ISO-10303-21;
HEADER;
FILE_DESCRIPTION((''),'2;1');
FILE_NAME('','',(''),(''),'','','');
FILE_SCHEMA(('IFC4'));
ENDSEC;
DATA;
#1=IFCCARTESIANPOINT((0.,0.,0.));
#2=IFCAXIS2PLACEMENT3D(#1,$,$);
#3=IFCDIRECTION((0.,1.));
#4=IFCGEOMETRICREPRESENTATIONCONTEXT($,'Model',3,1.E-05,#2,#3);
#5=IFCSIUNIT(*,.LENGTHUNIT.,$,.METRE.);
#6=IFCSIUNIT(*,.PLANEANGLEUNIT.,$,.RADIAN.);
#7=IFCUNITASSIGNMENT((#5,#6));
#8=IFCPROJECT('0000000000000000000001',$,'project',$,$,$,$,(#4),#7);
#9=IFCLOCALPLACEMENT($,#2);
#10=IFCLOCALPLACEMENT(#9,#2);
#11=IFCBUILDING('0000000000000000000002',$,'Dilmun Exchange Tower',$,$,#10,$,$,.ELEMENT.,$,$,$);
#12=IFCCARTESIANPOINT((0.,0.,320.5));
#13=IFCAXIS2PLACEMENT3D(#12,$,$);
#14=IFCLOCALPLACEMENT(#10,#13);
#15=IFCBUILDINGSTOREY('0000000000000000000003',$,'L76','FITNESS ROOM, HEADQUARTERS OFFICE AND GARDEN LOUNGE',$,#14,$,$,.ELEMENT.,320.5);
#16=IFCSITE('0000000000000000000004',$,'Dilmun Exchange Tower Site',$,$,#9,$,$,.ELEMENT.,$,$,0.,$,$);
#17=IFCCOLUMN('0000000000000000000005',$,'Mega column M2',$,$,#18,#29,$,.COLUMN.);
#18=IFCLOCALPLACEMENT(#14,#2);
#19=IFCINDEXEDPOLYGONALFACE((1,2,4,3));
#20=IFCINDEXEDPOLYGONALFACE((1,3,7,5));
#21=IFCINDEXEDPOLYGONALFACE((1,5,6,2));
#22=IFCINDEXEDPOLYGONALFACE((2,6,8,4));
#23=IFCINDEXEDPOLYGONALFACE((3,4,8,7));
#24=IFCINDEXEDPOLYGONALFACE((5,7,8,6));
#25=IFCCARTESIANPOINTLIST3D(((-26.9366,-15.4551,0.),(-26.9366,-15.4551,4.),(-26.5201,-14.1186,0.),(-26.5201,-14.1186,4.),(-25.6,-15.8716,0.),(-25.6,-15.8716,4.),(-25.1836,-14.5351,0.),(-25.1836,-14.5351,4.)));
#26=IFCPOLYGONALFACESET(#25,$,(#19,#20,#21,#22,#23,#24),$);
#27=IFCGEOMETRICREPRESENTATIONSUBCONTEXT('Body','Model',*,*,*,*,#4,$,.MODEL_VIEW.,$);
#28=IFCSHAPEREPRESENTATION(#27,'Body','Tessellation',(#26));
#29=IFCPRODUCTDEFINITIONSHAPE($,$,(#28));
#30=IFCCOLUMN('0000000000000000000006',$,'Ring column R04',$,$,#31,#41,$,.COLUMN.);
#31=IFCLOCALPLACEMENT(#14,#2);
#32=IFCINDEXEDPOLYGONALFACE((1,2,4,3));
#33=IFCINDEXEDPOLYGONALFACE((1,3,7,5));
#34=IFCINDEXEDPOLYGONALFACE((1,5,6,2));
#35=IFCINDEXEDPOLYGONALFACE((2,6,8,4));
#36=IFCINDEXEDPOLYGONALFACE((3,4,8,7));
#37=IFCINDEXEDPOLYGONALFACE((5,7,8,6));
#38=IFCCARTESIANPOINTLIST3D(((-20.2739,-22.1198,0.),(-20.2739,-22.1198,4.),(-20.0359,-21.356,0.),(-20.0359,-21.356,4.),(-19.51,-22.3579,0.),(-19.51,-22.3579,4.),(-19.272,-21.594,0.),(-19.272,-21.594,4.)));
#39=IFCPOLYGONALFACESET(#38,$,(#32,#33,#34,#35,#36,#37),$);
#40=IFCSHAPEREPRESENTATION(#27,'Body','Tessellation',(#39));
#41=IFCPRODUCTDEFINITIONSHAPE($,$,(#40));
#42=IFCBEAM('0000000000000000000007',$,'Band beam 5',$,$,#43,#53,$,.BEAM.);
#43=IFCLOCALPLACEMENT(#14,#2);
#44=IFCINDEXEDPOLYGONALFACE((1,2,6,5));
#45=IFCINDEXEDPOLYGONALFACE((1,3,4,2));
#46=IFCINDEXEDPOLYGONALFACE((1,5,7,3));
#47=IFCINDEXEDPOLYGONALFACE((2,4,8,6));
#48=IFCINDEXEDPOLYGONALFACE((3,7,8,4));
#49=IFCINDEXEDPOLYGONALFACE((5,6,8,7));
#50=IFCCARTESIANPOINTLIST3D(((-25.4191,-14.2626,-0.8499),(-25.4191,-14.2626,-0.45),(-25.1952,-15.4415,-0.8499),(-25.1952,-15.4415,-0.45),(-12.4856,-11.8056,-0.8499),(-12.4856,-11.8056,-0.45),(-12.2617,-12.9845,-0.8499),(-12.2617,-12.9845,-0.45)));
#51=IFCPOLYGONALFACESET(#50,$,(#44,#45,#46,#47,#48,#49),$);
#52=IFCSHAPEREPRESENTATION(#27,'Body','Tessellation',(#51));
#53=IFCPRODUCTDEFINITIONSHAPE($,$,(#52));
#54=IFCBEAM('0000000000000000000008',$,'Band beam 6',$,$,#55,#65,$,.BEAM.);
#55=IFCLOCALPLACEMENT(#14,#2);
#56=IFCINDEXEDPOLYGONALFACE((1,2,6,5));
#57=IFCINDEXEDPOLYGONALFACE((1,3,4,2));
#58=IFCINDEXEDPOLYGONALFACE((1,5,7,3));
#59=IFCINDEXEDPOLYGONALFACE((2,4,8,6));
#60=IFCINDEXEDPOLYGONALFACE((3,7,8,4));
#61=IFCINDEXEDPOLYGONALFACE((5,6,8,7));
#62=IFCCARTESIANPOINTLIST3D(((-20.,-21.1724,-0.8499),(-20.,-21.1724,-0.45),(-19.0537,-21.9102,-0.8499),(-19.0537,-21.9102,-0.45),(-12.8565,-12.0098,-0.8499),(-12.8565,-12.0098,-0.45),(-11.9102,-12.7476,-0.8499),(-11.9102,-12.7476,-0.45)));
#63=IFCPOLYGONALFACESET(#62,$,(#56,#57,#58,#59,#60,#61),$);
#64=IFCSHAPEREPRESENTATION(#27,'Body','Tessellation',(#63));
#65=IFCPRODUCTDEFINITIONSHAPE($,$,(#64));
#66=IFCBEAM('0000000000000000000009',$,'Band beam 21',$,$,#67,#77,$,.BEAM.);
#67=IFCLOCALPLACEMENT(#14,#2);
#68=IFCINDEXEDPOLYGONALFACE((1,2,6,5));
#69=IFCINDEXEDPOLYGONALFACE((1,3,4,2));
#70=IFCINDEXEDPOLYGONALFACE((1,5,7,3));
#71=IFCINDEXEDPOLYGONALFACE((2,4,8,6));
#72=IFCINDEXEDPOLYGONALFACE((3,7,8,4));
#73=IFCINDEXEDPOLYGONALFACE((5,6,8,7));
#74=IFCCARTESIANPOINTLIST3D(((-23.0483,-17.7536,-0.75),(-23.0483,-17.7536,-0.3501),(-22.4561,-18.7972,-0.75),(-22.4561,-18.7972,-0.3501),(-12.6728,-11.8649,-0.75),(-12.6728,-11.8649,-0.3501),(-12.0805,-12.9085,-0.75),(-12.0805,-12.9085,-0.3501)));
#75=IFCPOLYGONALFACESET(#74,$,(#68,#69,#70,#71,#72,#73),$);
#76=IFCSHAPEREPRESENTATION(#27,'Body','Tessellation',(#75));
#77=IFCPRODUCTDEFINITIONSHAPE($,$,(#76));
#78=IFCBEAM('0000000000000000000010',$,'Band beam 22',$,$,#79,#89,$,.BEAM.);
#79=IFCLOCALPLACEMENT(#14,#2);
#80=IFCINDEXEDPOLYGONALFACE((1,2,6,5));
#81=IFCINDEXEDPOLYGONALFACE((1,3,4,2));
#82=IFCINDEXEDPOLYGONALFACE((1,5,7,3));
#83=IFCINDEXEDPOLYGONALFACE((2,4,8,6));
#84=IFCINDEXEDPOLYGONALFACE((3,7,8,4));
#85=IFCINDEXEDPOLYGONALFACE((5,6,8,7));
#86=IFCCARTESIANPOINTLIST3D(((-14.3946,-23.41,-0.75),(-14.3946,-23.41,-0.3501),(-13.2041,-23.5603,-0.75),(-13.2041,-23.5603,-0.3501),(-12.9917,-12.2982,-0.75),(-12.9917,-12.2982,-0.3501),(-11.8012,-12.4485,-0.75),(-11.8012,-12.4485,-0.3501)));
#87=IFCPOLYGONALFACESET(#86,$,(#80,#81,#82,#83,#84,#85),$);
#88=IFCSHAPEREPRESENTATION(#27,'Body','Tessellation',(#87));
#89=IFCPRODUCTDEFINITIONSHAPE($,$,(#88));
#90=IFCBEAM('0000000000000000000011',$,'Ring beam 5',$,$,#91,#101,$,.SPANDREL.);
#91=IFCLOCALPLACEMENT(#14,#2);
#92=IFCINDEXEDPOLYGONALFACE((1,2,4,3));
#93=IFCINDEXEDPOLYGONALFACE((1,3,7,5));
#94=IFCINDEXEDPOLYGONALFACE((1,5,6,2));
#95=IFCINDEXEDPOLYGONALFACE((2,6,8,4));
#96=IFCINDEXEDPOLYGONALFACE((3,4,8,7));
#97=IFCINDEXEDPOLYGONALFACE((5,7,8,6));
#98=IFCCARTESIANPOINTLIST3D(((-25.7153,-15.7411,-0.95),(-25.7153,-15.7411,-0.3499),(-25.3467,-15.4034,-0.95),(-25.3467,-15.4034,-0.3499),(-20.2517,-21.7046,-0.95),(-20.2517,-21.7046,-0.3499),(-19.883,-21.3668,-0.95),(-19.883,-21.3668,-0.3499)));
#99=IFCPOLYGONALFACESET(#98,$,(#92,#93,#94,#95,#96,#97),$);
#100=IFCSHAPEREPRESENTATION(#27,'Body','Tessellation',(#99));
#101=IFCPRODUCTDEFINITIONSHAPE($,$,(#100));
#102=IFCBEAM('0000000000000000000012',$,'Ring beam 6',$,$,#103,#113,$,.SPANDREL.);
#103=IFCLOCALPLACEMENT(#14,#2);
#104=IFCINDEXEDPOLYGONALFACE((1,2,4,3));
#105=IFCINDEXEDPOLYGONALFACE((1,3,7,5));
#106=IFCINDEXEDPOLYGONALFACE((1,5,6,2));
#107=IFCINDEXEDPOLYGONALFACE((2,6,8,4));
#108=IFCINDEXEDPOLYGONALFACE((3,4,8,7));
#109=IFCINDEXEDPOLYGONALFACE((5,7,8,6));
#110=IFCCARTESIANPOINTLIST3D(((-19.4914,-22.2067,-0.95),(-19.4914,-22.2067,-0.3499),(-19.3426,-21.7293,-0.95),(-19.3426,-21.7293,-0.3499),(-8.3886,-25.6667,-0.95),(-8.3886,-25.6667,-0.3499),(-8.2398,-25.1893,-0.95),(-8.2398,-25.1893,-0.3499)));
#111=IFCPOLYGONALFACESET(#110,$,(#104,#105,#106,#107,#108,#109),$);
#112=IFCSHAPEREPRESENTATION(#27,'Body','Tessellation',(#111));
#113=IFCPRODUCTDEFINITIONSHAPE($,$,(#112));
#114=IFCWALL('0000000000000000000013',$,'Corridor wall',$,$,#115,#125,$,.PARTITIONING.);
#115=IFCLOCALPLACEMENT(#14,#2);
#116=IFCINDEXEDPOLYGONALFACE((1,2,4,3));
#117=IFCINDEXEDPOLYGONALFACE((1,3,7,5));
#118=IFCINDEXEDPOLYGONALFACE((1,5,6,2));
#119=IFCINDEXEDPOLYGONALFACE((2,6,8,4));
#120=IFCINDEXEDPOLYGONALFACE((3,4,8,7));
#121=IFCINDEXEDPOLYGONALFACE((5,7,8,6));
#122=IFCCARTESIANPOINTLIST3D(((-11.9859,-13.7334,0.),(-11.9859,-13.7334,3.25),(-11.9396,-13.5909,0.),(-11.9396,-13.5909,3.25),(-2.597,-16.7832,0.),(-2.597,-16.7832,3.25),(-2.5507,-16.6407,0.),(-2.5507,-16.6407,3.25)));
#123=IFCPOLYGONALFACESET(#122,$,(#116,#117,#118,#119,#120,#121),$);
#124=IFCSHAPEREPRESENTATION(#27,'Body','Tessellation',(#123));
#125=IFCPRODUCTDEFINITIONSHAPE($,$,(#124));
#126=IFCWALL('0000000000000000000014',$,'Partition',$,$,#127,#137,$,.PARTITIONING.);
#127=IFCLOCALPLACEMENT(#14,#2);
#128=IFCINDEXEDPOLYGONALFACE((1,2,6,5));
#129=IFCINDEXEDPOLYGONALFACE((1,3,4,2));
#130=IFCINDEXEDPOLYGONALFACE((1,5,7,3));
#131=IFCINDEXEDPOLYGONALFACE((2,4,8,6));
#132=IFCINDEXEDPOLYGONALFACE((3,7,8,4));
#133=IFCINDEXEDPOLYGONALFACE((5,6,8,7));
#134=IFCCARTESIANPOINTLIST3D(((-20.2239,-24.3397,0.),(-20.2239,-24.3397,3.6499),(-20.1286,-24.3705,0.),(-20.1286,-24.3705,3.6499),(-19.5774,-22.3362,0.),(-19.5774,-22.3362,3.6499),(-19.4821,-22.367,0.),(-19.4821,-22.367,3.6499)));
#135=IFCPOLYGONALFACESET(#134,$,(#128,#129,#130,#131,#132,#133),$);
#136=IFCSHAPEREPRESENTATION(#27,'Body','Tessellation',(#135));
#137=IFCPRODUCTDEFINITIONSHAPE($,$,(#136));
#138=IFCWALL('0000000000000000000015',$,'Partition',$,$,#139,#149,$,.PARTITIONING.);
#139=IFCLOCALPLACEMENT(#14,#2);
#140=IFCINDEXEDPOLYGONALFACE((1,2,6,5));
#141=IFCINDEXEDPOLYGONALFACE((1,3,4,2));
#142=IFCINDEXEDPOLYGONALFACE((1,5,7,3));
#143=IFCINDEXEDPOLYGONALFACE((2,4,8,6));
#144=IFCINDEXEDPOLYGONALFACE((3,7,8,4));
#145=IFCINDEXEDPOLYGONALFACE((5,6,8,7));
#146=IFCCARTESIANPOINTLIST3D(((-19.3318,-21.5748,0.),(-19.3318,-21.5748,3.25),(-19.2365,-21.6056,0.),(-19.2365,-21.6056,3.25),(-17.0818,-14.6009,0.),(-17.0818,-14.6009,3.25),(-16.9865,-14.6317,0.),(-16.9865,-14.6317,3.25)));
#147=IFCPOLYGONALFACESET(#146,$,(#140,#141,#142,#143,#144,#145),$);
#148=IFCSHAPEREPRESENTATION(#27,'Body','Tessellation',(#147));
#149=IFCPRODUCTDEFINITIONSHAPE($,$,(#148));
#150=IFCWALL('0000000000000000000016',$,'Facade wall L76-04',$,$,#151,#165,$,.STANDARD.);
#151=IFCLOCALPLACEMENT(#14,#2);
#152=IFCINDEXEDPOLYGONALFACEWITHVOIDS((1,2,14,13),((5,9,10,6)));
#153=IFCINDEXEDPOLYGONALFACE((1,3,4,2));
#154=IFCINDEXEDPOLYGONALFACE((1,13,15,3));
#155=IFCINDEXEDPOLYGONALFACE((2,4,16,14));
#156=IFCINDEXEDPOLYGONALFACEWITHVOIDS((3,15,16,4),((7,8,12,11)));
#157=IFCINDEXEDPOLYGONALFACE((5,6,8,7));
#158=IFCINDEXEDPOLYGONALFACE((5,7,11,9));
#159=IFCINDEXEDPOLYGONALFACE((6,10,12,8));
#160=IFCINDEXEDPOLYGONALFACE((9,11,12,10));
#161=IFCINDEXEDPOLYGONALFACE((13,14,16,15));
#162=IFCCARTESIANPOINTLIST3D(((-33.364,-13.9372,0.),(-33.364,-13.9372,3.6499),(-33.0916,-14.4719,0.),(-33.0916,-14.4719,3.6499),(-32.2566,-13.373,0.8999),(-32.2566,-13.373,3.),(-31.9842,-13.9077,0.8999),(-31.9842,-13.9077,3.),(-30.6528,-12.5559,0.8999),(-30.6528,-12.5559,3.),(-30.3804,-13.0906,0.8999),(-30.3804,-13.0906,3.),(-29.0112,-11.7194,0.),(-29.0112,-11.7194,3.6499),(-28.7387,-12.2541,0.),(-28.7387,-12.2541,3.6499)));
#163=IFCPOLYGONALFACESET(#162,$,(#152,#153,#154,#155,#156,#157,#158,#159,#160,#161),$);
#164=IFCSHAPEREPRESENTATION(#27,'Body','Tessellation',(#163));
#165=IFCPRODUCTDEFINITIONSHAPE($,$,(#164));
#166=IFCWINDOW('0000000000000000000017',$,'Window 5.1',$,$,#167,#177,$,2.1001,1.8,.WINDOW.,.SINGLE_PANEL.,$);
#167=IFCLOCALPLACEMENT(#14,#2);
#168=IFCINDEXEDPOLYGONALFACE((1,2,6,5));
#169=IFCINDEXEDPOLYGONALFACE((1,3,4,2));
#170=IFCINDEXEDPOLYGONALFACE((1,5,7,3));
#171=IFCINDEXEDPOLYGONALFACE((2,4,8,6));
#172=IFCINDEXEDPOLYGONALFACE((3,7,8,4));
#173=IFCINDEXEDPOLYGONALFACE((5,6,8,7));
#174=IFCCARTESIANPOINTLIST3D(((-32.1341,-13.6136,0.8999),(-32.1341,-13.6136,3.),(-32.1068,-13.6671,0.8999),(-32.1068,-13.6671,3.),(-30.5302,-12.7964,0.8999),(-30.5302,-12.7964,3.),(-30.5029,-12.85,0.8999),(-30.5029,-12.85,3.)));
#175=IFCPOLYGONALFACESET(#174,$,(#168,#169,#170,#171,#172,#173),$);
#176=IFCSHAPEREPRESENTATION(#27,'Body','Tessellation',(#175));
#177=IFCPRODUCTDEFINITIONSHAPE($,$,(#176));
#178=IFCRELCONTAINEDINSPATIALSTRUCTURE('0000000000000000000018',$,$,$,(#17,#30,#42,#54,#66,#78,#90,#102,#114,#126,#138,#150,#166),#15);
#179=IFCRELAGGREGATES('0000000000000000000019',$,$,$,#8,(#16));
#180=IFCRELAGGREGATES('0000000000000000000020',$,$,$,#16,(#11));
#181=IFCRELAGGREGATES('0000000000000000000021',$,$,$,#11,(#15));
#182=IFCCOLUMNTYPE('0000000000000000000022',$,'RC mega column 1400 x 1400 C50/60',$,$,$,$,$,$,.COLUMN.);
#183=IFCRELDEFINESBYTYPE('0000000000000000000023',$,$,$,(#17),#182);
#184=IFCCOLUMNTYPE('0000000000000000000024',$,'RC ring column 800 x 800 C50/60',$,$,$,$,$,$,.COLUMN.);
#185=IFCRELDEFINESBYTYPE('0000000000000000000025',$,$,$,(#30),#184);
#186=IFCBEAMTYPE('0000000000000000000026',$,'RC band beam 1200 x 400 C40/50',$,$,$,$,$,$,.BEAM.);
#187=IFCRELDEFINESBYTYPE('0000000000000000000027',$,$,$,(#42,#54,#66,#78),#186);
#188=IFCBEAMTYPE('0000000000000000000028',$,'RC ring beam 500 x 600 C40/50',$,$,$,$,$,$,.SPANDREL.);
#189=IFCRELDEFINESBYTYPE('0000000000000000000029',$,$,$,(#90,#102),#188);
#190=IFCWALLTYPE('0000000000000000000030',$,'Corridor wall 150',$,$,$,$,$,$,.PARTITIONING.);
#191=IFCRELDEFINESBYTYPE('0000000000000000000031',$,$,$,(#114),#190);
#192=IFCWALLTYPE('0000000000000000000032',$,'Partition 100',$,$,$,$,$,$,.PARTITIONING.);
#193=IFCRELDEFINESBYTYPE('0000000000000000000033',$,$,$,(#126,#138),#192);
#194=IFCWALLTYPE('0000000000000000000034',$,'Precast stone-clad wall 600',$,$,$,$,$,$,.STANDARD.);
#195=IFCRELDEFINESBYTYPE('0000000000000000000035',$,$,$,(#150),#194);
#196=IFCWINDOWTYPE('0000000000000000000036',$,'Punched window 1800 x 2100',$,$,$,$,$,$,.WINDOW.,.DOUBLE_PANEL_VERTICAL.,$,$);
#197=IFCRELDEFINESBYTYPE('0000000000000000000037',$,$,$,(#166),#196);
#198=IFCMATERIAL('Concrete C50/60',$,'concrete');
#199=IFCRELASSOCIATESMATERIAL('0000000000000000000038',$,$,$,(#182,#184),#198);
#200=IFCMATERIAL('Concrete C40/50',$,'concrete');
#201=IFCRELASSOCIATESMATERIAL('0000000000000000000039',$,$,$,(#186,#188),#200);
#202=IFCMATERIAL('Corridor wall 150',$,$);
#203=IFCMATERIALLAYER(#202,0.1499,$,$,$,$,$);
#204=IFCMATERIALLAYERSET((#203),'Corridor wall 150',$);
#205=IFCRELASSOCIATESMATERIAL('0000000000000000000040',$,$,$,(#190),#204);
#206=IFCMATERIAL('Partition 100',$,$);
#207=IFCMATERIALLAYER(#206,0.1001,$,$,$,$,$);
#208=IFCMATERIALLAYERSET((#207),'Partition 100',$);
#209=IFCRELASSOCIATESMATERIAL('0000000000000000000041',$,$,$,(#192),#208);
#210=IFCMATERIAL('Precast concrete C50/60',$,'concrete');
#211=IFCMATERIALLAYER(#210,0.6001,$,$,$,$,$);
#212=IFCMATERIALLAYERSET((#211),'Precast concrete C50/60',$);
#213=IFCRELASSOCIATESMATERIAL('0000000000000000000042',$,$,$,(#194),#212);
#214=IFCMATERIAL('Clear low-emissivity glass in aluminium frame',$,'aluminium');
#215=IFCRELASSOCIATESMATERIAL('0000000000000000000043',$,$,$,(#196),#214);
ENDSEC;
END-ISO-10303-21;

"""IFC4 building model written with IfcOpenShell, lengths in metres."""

from ifc_helpers import new_model, si_unit, direction, frame, frame_2d, origin, origin_2d, place, context, subcontext, project, spatial, rectangle, extrude, material, layer, layer_set, material_profile, profile_set, type_object, element, fill, save


model = new_model("IFC4")

# Units and contexts
model_context = context("Model", 3, precision=1e-05, world=origin(), true_north=direction((0.0, 1.0)))
body_context = subcontext(model_context, "Body", "Model", "MODEL_VIEW")
ifc_project = project(units=[si_unit("LENGTHUNIT", "METRE"), si_unit("PLANEANGLEUNIT", "RADIAN")], contexts=[model_context])

# Site, building, storey
site_placement = place(None, origin())
site = spatial("IfcSite", under=ifc_project, at=site_placement, Name="Dilmun Exchange Tower Site", CompositionType="ELEMENT", RefElevation=0.0)
building_placement = place(site_placement, origin())
building = spatial("IfcBuilding", under=site, at=building_placement, Name="Dilmun Exchange Tower", CompositionType="ELEMENT")
storey_placement = place(building_placement, frame((0.0, 0.0, 320.5)))
storey = spatial("IfcBuildingStorey", under=building, at=storey_placement, Name="L76", Description="FITNESS ROOM, HEADQUARTERS OFFICE AND GARDEN LOUNGE", CompositionType="ELEMENT", Elevation=320.5)

# Columns
ifc_material_1 = material(Name="Concrete C50/60", Category="concrete")
ifc_material_profile_1 = material_profile(ifc_material_1, rectangle(XDim=1.3999, YDim=1.3999, at=origin_2d()), Name="1400 x 1400")
ifc_profile_set_1 = profile_set([ifc_material_profile_1], Name="Concrete C50/60")
column_type_1 = type_object("IfcColumnType", Name="RC mega column 1400 x 1400 C50/60", PredefinedType="COLUMN", material=ifc_profile_set_1)
column_1_placement = place(storey_placement, frame((-26.0601, -14.9951, 0.0), z_axis=(0.0, 0.0, 1.0), x_axis=(0.297503, 0.954721, 0.0)))
element("IfcColumn", 1, at=column_1_placement, inside=storey, type_object=column_type_1, Name="Mega column M2", PredefinedType="COLUMN", context=body_context, shape_type="SweptSolid", body=[
    extrude(rectangle(XDim=1.3999, YDim=1.3999, at=origin_2d()), origin(), (0.0, 0.0, 1.0), 4.0),
])
ifc_material_profile_2 = material_profile(ifc_material_1, rectangle(XDim=0.8, YDim=0.8, at=origin_2d()), Name="800 x 800")
ifc_profile_set_2 = profile_set([ifc_material_profile_2], Name="Concrete C50/60")
column_type_2 = type_object("IfcColumnType", Name="RC ring column 800 x 800 C50/60", PredefinedType="COLUMN", material=ifc_profile_set_2)
column_2_placement = place(storey_placement, frame((-19.7729, -21.8569, 0.0), z_axis=(0.0, 0.0, 1.0), x_axis=(0.297503, 0.954721, 0.0)))
element("IfcColumn", 2, at=column_2_placement, inside=storey, type_object=column_type_2, Name="Ring column R04", PredefinedType="COLUMN", context=body_context, shape_type="SweptSolid", body=[
    extrude(rectangle(XDim=0.8, YDim=0.8, at=origin_2d()), origin(), (0.0, 0.0, 1.0), 4.0),
])

# Beams
ifc_material_2 = material(Name="Concrete C40/50", Category="concrete")
ifc_material_profile_3 = material_profile(ifc_material_2, rectangle(XDim=1.2, YDim=0.3999, at=origin_2d()), Name="1200 x 400")
ifc_profile_set_3 = profile_set([ifc_material_profile_3], Name="Concrete C40/50")
beam_type_1 = type_object("IfcBeamType", Name="RC band beam 1200 x 400 C40/50", PredefinedType="BEAM", material=ifc_profile_set_3)
beam_1_placement = place(storey_placement, frame((-25.3071, -14.8521, -0.6499), z_axis=(0.982429, 0.186635, 0.0), x_axis=(-0.186635, 0.982429, 0.0)))
element("IfcBeam", 3, at=beam_1_placement, inside=storey, type_object=beam_type_1, Name="Band beam 5", PredefinedType="BEAM", context=body_context, shape_type="SweptSolid", body=[
    extrude(rectangle(XDim=1.2, YDim=0.3999, at=origin_2d()), origin(), (0.0, 0.0, 1.0), 13.1648),
])
beam_2_placement = place(storey_placement, frame((-19.5269, -21.5413, -0.6499), z_axis=(0.614857, 0.788639, 0.0), x_axis=(-0.788639, 0.614857, 0.0)))
element("IfcBeam", 4, at=beam_2_placement, inside=storey, type_object=beam_type_1, Name="Band beam 6", PredefinedType="BEAM", context=body_context, shape_type="SweptSolid", body=[
    extrude(rectangle(XDim=1.2, YDim=0.3999, at=origin_2d()), origin(), (0.0, 0.0, 1.0), 11.6182),
])
beam_3_placement = place(storey_placement, frame((-22.7522, -18.2754, -0.55), z_axis=(0.86969, 0.493598, 0.0), x_axis=(-0.493598, 0.86969, 0.0)))
element("IfcBeam", 5, at=beam_3_placement, inside=storey, type_object=beam_type_1, Name="Band beam 21", PredefinedType="BEAM", context=body_context, shape_type="SweptSolid", body=[
    extrude(rectangle(XDim=1.2, YDim=0.3999, at=origin_2d()), origin(), (0.0, 0.0, 1.0), 11.9302),
])
beam_4_placement = place(storey_placement, frame((-13.7993, -23.4851, -0.55), z_axis=(0.125253, 0.992125, 0.0), x_axis=(-0.992125, 0.125253, 0.0)))
element("IfcBeam", 6, at=beam_4_placement, inside=storey, type_object=beam_type_1, Name="Band beam 22", PredefinedType="BEAM", context=body_context, shape_type="SweptSolid", body=[
    extrude(rectangle(XDim=1.2, YDim=0.3999, at=origin_2d()), origin(), (0.0, 0.0, 1.0), 11.2),
])
ifc_material_profile_4 = material_profile(ifc_material_2, rectangle(XDim=0.5, YDim=0.6001, at=origin_2d()), Name="500 x 600")
ifc_profile_set_4 = profile_set([ifc_material_profile_4], Name="Concrete C40/50")
beam_type_2 = type_object("IfcBeamType", Name="RC ring beam 500 x 600 C40/50", PredefinedType="SPANDREL", material=ifc_profile_set_4)
beam_5_placement = place(storey_placement, frame((-25.531, -15.5723, -0.6499), z_axis=(0.675536, -0.737327, 0.0), x_axis=(0.737327, 0.675536, 0.0)))
element("IfcBeam", 7, at=beam_5_placement, inside=storey, type_object=beam_type_2, Name="Ring beam 5", PredefinedType="SPANDREL", context=body_context, shape_type="SweptSolid", body=[
    extrude(rectangle(XDim=0.5, YDim=0.6001, at=origin_2d()), origin(), (0.0, 0.0, 1.0), 8.0879),
])
beam_6_placement = place(storey_placement, frame((-19.417, -21.968, -0.6499), z_axis=(0.954716, -0.297518, 0.0), x_axis=(0.297518, 0.954716, 0.0)))
element("IfcBeam", 8, at=beam_6_placement, inside=storey, type_object=beam_type_2, Name="Ring beam 6", PredefinedType="SPANDREL", context=body_context, shape_type="SweptSolid", body=[
    extrude(rectangle(XDim=0.5, YDim=0.6001, at=origin_2d()), origin(), (0.0, 0.0, 1.0), 11.6294),
])

# Walls
ifc_material_3 = material(Name="Corridor wall 150")
ifc_layer_1 = layer(ifc_material_3, 0.1499)
ifc_layer_set_1 = layer_set([ifc_layer_1], Name="Corridor wall 150")
wall_type_1 = type_object("IfcWallType", Name="Corridor wall 150", PredefinedType="PARTITIONING", material=ifc_layer_set_1)
wall_1_placement = place(storey_placement, frame((-11.9629, -13.6621, 0.0), z_axis=(0.0, 0.0, 1.0), x_axis=(0.951081, -0.30894, 0.0)))
element("IfcWall", 9, at=wall_1_placement, inside=storey, type_object=wall_type_1, Name="Corridor wall", PredefinedType="PARTITIONING", context=body_context, shape_type="SweptSolid", body=[
    extrude(rectangle(XDim=9.8718, YDim=0.1499, at=frame_2d((4.936, 0.0))), origin(), (0.0, 0.0, 1.0), 3.25),
])
ifc_material_4 = material(Name="Partition 100")
ifc_layer_2 = layer(ifc_material_4, 0.1001)
ifc_layer_set_2 = layer_set([ifc_layer_2], Name="Partition 100")
wall_type_2 = type_object("IfcWallType", Name="Partition 100", PredefinedType="PARTITIONING", material=ifc_layer_set_2)
wall_2_placement = place(storey_placement, frame((-20.1763, -24.3552, 0.0), z_axis=(0.0, 0.0, 1.0), x_axis=(0.307098, 0.951678, 0.0)))
element("IfcWall", 10, at=wall_2_placement, inside=storey, type_object=wall_type_2, Name="Partition", PredefinedType="PARTITIONING", context=body_context, shape_type="SweptSolid", body=[
    extrude(rectangle(XDim=2.1052, YDim=0.1001, at=frame_2d((1.0527, 0.0))), origin(), (0.0, 0.0, 1.0), 3.6499),
])
wall_3_placement = place(storey_placement, frame((-19.2842, -21.5903, 0.0), z_axis=(0.0, 0.0, 1.0), x_axis=(0.307048, 0.951694, 0.0)))
element("IfcWall", 11, at=wall_3_placement, inside=storey, type_object=wall_type_2, Name="Partition", PredefinedType="PARTITIONING", context=body_context, shape_type="SweptSolid", body=[
    extrude(rectangle(XDim=7.3279, YDim=0.1001, at=frame_2d((3.6641, 0.0))), origin(), (0.0, 0.0, 1.0), 3.25),
])

# Wall, opening, window
ifc_material_5 = material(Name="Precast concrete C50/60", Category="concrete")
ifc_layer_3 = layer(ifc_material_5, 0.6001)
ifc_layer_set_3 = layer_set([ifc_layer_3], Name="Precast concrete C50/60")
wall_type_3 = type_object("IfcWallType", Name="Precast stone-clad wall 600", PredefinedType="STANDARD", material=ifc_layer_set_3)
wall_4_placement = place(storey_placement, frame((-33.2278, -14.2046, 0.0), z_axis=(0.0, 0.0, 1.0), x_axis=(0.891013, 0.453977, 0.0)))
wall_4 = element("IfcWall", 12, at=wall_4_placement, inside=storey, type_object=wall_type_3, Name="Facade wall L76-04", PredefinedType="STANDARD", context=body_context, shape_type="SweptSolid", body=[
    extrude(rectangle(XDim=4.8853, YDim=0.6001, at=frame_2d((2.4426, 0.0))), origin(), (0.0, 0.0, 1.0), 3.6499),
])
opening_1_placement = place(wall_4_placement, frame((1.2429, 0.0, 0.8999)))
opening_1 = element("IfcOpeningElement", 13, at=opening_1_placement, cuts=wall_4, PredefinedType="OPENING", context=body_context, shape_type="SweptSolid", body=[
    extrude(rectangle(XDim=1.8, YDim=2.1001, at=frame_2d((0.8999, 1.05))), frame((0.0, 0.3101, 0.0), z_axis=(0.0, -1.0, 0.0), x_axis=(1.0, 0.0, 0.0)), (0.0, 0.0, 1.0), 0.6201),
])
ifc_material_6 = material(Name="Clear low-emissivity glass in aluminium frame", Category="aluminium")
window_type_1 = type_object("IfcWindowType", Name="Punched window 1800 x 2100", PartitioningType="DOUBLE_PANEL_VERTICAL", PredefinedType="WINDOW", material=ifc_material_6)
window_1_placement = place(opening_1_placement, origin())
window_1 = element("IfcWindow", 14, at=window_1_placement, inside=storey, type_object=window_type_1, Name="Window 5.1", OverallHeight=2.1001, OverallWidth=1.8, PartitioningType="SINGLE_PANEL", PredefinedType="WINDOW", context=body_context, shape_type="SweptSolid", body=[
    extrude(rectangle(XDim=1.8, YDim=2.1001, at=frame_2d((0.8999, 1.05))), frame((0.0, 0.03, 0.0), z_axis=(0.0, -1.0, 0.0), x_axis=(1.0, 0.0, 0.0)), (0.0, 0.0, 1.0), 0.0601),
])
fill(opening_1, window_1)

save(model, "model.ifc")
